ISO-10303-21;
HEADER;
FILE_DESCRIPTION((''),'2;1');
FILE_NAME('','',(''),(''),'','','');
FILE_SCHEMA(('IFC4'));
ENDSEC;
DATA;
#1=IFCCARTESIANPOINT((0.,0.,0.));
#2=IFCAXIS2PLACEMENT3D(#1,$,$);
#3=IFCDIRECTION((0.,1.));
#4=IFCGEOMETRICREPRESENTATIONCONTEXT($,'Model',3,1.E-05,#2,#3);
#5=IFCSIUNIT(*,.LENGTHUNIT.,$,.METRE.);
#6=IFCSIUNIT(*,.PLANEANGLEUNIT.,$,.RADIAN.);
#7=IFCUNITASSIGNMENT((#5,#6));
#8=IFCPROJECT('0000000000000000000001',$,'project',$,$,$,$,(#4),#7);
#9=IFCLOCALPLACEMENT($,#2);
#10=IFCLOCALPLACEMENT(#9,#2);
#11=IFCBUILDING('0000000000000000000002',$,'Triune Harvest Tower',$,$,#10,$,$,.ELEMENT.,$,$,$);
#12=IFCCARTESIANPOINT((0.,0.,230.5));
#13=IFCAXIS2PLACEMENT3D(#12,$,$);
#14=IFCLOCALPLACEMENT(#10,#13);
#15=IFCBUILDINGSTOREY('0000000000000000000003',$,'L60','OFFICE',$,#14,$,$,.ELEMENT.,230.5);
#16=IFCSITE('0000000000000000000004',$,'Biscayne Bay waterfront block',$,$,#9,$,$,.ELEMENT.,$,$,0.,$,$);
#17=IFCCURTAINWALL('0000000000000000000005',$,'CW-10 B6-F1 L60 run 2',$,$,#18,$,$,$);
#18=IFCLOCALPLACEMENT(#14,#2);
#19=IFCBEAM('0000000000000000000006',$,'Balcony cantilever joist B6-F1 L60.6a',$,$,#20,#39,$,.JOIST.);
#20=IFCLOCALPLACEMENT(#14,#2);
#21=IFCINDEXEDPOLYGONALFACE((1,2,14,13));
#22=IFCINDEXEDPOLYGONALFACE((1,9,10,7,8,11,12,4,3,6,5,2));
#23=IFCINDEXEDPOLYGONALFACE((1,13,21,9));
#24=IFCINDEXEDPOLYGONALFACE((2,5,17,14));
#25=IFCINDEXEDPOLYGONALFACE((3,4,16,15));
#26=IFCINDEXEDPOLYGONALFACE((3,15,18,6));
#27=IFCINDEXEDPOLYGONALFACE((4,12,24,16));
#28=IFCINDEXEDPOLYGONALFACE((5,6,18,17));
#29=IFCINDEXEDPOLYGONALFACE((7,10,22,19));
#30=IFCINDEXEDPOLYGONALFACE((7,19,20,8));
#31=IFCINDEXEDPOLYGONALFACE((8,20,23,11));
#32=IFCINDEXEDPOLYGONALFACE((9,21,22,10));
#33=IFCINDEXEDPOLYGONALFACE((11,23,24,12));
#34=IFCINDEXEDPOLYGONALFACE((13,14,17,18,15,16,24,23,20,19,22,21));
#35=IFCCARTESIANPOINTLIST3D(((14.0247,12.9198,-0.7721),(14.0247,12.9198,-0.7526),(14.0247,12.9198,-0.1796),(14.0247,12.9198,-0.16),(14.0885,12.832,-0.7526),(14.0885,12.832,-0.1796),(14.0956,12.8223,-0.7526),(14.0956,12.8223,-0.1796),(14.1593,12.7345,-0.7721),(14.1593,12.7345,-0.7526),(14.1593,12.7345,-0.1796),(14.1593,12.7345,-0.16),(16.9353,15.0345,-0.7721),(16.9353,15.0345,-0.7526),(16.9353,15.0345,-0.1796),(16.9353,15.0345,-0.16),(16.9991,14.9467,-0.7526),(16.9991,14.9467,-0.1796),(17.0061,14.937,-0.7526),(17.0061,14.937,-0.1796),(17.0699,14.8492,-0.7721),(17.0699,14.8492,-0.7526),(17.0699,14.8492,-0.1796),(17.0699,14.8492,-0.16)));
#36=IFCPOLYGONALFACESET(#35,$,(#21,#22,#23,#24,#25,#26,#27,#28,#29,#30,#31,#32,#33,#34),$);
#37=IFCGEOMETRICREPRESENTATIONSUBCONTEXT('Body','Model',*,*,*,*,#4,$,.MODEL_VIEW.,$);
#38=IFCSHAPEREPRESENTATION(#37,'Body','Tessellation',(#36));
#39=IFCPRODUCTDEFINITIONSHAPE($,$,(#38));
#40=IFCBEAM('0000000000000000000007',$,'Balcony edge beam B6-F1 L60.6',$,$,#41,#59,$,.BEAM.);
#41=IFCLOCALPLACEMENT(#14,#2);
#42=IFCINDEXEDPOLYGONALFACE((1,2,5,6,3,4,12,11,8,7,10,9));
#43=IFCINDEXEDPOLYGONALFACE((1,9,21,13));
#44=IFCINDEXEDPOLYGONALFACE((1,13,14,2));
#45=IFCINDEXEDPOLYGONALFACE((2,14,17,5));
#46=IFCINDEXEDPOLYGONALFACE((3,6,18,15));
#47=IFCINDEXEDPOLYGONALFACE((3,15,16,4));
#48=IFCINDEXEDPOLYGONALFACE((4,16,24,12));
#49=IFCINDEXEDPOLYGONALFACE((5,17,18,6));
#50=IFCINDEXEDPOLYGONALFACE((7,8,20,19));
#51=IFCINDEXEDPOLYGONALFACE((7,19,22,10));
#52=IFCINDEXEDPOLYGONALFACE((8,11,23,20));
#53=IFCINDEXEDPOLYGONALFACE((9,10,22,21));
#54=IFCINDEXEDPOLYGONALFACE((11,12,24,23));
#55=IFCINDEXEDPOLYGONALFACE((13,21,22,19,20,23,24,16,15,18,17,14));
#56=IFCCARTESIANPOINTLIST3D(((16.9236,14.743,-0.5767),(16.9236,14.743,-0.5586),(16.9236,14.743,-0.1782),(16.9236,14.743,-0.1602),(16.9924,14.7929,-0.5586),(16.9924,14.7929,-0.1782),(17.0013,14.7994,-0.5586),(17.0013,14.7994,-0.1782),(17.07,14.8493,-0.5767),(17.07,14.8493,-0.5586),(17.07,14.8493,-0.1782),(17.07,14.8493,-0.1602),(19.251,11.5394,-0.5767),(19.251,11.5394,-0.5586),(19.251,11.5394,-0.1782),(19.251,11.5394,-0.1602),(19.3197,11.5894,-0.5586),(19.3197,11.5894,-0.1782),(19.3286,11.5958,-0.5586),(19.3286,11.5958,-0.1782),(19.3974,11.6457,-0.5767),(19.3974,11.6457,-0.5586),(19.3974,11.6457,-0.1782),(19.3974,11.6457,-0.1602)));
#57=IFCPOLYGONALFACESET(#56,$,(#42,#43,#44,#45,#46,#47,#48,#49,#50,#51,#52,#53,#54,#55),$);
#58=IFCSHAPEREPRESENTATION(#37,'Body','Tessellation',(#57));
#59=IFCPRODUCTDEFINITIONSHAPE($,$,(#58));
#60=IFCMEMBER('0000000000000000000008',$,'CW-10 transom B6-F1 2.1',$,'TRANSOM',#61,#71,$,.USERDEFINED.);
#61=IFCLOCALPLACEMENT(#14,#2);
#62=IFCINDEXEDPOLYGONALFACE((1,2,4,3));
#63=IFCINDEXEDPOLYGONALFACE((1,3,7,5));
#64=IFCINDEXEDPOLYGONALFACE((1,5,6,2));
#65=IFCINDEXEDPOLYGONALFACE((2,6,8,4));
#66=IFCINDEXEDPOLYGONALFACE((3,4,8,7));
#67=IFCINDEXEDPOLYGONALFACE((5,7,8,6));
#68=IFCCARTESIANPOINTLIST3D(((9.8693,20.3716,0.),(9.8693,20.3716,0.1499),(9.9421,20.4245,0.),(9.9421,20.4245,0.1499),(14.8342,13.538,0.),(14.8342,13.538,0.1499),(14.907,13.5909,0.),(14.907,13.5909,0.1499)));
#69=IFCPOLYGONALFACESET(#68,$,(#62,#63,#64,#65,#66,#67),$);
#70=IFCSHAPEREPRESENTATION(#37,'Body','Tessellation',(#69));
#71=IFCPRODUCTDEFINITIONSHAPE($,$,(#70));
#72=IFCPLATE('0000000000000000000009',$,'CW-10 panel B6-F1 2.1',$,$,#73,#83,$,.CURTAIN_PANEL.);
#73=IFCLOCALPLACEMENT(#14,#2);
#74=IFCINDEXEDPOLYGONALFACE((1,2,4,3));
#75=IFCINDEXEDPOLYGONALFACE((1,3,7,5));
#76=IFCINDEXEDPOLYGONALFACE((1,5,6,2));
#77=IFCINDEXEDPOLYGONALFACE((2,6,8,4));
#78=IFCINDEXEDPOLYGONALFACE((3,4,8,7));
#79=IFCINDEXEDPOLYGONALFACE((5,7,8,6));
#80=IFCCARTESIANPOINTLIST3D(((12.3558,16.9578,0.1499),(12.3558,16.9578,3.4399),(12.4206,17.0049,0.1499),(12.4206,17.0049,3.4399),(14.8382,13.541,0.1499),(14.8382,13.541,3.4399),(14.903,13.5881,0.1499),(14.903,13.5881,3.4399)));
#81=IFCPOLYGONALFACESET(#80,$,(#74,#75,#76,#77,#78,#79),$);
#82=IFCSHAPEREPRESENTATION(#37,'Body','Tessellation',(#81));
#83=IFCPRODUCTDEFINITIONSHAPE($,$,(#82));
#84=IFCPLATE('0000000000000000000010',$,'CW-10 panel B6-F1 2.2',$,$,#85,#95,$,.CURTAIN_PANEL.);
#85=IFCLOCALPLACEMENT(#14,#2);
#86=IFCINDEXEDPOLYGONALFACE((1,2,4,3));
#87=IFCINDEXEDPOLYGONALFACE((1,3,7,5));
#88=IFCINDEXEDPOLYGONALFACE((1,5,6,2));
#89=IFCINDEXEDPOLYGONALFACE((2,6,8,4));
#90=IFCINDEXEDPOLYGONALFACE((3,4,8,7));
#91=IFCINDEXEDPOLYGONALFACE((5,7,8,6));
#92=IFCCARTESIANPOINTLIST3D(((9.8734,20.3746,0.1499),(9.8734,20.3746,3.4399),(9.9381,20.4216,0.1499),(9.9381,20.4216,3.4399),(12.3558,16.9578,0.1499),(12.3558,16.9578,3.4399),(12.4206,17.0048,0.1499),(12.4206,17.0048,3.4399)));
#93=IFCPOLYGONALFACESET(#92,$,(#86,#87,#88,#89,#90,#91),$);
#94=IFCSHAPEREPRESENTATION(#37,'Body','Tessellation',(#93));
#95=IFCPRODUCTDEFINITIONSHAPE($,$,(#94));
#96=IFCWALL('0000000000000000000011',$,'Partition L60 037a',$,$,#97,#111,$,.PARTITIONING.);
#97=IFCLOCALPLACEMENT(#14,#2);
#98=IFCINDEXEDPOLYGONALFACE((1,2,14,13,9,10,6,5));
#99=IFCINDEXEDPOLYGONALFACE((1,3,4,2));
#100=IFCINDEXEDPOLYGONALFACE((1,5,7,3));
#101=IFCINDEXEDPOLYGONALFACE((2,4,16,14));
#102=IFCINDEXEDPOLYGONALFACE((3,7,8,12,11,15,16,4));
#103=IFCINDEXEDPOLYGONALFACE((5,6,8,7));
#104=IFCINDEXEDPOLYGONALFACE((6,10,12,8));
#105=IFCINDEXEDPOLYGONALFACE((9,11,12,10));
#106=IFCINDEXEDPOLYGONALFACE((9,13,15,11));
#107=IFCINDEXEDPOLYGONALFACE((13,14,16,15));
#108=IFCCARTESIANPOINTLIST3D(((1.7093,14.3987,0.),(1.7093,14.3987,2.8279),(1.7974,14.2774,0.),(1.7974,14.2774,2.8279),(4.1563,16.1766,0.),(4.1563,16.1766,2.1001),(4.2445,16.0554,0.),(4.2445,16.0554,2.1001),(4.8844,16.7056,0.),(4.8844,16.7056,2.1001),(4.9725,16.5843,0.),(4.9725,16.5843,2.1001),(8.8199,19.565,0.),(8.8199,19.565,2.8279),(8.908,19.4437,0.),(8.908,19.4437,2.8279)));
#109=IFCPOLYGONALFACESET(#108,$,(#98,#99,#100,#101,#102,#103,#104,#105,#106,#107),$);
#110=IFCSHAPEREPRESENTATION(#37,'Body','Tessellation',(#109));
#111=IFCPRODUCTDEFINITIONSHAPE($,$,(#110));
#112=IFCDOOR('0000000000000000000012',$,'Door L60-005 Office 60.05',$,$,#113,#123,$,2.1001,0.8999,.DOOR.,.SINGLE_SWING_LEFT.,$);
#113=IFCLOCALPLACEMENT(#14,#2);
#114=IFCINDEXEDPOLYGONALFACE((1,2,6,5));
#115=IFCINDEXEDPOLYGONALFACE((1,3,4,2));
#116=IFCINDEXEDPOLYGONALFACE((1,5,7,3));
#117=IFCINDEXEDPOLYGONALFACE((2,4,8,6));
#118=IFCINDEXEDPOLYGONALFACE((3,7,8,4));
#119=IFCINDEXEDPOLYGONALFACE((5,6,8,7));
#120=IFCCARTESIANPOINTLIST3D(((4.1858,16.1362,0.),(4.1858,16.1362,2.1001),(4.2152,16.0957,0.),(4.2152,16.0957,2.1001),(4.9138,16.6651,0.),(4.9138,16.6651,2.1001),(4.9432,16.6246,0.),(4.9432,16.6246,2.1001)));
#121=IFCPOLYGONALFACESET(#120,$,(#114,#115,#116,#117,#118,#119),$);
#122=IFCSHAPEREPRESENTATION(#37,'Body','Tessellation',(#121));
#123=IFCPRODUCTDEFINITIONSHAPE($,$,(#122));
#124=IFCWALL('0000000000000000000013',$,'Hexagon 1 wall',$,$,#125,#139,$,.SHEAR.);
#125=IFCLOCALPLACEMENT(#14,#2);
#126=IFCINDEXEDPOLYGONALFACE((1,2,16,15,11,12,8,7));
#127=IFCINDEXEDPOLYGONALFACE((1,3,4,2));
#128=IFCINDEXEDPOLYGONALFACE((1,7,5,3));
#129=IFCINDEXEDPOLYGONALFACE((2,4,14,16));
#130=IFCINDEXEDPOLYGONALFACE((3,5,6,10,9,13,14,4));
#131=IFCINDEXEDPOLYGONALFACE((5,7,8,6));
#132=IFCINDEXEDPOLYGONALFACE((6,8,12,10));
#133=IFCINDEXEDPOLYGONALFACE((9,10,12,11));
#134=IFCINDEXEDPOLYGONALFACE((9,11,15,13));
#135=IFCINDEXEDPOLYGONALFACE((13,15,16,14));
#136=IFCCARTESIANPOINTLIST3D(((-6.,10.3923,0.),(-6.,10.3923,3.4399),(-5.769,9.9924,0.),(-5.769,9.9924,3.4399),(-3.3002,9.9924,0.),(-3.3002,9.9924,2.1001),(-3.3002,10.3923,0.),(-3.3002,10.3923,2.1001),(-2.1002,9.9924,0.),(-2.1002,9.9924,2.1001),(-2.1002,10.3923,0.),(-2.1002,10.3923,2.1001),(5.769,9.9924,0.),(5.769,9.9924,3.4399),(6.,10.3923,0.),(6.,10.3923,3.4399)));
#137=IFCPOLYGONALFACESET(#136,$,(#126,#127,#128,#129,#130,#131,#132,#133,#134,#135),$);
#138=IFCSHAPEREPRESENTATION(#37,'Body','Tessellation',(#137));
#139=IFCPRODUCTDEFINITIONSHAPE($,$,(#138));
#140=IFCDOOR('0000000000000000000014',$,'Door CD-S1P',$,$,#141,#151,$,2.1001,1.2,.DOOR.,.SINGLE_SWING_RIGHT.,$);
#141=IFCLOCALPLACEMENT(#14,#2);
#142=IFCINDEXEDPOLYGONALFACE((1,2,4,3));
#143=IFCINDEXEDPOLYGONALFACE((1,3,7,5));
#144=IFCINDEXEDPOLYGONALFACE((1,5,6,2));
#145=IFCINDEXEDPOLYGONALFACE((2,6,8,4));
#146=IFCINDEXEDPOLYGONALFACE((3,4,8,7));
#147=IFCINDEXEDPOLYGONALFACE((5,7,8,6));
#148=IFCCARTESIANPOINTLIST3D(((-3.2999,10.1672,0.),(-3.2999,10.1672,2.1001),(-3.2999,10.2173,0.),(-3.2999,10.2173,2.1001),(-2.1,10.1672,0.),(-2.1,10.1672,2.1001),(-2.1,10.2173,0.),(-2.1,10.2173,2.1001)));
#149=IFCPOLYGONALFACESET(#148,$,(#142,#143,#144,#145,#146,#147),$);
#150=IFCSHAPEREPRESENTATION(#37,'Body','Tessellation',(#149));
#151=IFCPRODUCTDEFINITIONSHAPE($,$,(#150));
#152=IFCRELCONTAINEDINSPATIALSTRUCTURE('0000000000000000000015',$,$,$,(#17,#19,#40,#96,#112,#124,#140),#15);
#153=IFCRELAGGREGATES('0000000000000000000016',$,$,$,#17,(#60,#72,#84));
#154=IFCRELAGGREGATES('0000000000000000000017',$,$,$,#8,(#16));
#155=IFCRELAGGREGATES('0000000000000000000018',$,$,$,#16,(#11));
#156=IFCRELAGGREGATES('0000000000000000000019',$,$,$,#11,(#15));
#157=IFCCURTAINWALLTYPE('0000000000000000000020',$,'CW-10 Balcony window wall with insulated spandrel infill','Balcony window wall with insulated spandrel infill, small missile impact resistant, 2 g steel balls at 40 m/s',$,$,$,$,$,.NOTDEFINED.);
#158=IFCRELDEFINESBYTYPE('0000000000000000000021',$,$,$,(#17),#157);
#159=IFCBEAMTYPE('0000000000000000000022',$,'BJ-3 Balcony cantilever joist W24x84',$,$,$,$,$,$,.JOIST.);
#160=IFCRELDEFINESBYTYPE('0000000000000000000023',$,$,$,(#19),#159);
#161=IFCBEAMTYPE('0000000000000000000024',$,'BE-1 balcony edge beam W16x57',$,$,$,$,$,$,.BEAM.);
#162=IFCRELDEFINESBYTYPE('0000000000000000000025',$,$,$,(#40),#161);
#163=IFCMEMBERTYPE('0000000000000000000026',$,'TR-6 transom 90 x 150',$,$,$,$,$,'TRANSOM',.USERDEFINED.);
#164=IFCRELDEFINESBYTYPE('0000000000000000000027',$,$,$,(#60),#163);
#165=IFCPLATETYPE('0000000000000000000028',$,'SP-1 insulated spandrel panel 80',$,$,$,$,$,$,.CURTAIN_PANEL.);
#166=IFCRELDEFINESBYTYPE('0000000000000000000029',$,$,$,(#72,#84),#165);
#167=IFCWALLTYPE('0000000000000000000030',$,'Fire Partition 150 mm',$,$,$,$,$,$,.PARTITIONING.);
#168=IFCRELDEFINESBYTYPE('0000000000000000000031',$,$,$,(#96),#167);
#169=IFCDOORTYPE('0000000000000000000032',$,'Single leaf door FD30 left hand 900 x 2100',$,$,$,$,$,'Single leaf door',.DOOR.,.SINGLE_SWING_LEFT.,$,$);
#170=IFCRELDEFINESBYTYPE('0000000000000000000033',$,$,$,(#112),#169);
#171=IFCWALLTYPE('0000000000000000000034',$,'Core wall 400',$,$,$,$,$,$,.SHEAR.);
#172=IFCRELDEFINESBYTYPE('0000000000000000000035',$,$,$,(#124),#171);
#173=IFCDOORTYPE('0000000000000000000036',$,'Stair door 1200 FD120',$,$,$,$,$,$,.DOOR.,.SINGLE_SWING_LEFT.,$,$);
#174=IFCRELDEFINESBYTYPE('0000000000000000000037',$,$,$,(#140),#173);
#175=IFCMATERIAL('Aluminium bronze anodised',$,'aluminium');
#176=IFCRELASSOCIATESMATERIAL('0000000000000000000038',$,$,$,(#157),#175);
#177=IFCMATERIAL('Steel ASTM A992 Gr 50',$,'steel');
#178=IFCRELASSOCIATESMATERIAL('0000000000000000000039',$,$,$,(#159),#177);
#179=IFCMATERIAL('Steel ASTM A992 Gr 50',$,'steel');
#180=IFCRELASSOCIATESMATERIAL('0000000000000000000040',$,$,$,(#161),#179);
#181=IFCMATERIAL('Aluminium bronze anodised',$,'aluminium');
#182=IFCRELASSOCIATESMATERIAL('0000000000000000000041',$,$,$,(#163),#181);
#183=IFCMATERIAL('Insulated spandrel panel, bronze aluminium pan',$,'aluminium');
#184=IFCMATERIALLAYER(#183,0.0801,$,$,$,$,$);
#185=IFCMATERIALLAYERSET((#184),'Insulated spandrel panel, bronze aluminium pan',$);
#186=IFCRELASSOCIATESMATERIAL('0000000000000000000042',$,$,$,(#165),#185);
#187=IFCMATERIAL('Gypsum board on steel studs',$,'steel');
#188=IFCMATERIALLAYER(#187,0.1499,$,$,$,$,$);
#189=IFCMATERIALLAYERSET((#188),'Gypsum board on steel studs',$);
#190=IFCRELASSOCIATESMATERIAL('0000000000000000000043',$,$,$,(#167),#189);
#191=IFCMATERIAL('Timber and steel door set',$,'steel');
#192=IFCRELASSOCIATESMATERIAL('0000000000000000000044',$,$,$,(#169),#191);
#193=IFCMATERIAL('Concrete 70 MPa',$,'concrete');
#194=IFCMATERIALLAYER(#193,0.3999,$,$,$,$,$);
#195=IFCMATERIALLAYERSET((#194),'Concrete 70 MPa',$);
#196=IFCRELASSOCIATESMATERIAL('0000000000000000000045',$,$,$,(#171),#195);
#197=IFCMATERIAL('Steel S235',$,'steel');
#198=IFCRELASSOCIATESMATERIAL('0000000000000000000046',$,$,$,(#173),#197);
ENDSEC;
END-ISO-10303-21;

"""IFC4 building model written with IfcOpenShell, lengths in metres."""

from ifc_helpers import new_model, si_unit, direction, frame, frame_2d, origin, origin_2d, place, context, subcontext, project, spatial, polyline, rectangle, i_section, outline, extrude, source, transform, mapped, material, layer, layer_set, material_profile, profile_set, type_object, element, fill, aggregate, save


model = new_model("IFC4")

# Units and contexts
model_context = context("Model", 3, precision=1e-05, world=origin(), true_north=direction((0.0, 1.0)))
body_context = subcontext(model_context, "Body", "Model", "MODEL_VIEW")
ifc_project = project(units=[si_unit("LENGTHUNIT", "METRE"), si_unit("PLANEANGLEUNIT", "RADIAN")], contexts=[model_context])

# Site, building, storey
site_placement = place(None, origin())
site = spatial("IfcSite", under=ifc_project, at=site_placement, Name="Biscayne Bay waterfront block", CompositionType="ELEMENT", RefElevation=0.0)
building_placement = place(site_placement, origin())
building = spatial("IfcBuilding", under=site, at=building_placement, Name="Triune Harvest Tower", CompositionType="ELEMENT")
storey_placement = place(building_placement, frame((0.0, 0.0, 230.5)))
storey = spatial("IfcBuildingStorey", under=building, at=storey_placement, Name="L60", Description="OFFICE", CompositionType="ELEMENT", Elevation=230.5)

# Curtain wall
ifc_material_1 = material(Name="Aluminium bronze anodised", Category="aluminium")
curtain_wall_type = type_object("IfcCurtainWallType", Name="CW-10 Balcony window wall with insulated spandrel infill", Description="Balcony window wall with insulated spandrel infill, small missile impact resistant, 2 g steel balls at 40 m/s", PredefinedType="NOTDEFINED", material=ifc_material_1)
curtain_wall_placement = place(storey_placement, origin())
curtain_wall = element("IfcCurtainWall", 1, at=curtain_wall_placement, inside=storey, type_object=curtain_wall_type, Name="CW-10 B6-F1 L60 run 2")

# Beams
ifc_material_2 = material(Name="Steel ASTM A992 Gr 50", Category="steel")
ifc_material_profile_1 = material_profile(ifc_material_2, i_section(OverallWidth=0.229, OverallDepth=0.6121, WebThickness=0.012, FlangeThickness=0.0195, at=origin_2d()), Name="W24x84")
ifc_profile_set_1 = profile_set([ifc_material_profile_1], Name="Steel ASTM A992 Gr 50")
beam_type_1 = type_object("IfcBeamType", Name="BJ-3 Balcony cantilever joist W24x84", PredefinedType="JOIST", material=ifc_profile_set_1)
shared_shape_1 = source(origin(), body_context, "Body", "SweptSolid", [
    extrude(i_section(OverallWidth=0.229, OverallDepth=0.6121, WebThickness=0.012, FlangeThickness=0.0195, at=origin_2d()), origin(), (0.0, 0.0, 1.0), 3.5977),
])
beam_1_placement = place(storey_placement, frame((14.092, 12.8271, -0.4661), z_axis=(0.809012, 0.587792, 0.0), x_axis=(-0.587792, 0.809012, 0.0)))
element("IfcBeam", 2, at=beam_1_placement, inside=storey, type_object=beam_type_1, Name="Balcony cantilever joist B6-F1 L60.6a", PredefinedType="JOIST", context=body_context, shape_type="MappedRepresentation", body=[
    mapped(shared_shape_1, transform((0.0, 0.0, 0.0), scale=1.0)),
])
ifc_material_3 = material(Name="Steel ASTM A992 Gr 50", Category="steel")
ifc_material_profile_2 = material_profile(ifc_material_3, i_section(OverallWidth=0.1809, OverallDepth=0.4165, WebThickness=0.011, FlangeThickness=0.0181, at=origin_2d()), Name="W16x57")
ifc_profile_set_2 = profile_set([ifc_material_profile_2], Name="Steel ASTM A992 Gr 50")
beam_type_2 = type_object("IfcBeamType", Name="BE-1 balcony edge beam W16x57", PredefinedType="BEAM", material=ifc_profile_set_2)
shared_shape_2 = source(origin(), body_context, "Body", "SweptSolid", [
    extrude(i_section(OverallWidth=0.1809, OverallDepth=0.4165, WebThickness=0.011, FlangeThickness=0.0181, at=origin_2d()), origin(), (0.0, 0.0, 1.0), 3.9597),
])
beam_2_placement = place(storey_placement, frame((16.9968, 14.7961, -0.3684), z_axis=(0.587757, -0.809037, 0.0), x_axis=(0.809037, 0.587757, 0.0)))
element("IfcBeam", 3, at=beam_2_placement, inside=storey, type_object=beam_type_2, Name="Balcony edge beam B6-F1 L60.6", PredefinedType="BEAM", context=body_context, shape_type="MappedRepresentation", body=[
    mapped(shared_shape_2, transform((0.0, 0.0, 0.0), scale=1.0)),
])

# Member
ifc_material_4 = material(Name="Aluminium bronze anodised", Category="aluminium")
ifc_material_profile_3 = material_profile(ifc_material_4, rectangle(XDim=0.0901, YDim=0.1499, at=origin_2d()), Name="TR-6 transom 90 x 150")
ifc_profile_set_3 = profile_set([ifc_material_profile_3], Name="Aluminium bronze anodised")
member_type_1 = type_object("IfcMemberType", Name="TR-6 transom 90 x 150", ElementType="TRANSOM", PredefinedType="USERDEFINED", material=ifc_profile_set_3)
shared_shape_3 = source(origin(), body_context, "Body", "SweptSolid", [
    extrude(rectangle(XDim=0.0901, YDim=0.1499, at=origin_2d()), origin(), (0.0, 0.0, 1.0), 8.4468),
])
member_1_placement = place(storey_placement, frame((14.8706, 13.5645, 0.075), z_axis=(-0.587787, 0.809016, 0.0), x_axis=(-0.809016, -0.587787, 0.0)))
member_1 = element("IfcMember", 4, at=member_1_placement, type_object=member_type_1, Name="CW-10 transom B6-F1 2.1", ObjectType="TRANSOM", PredefinedType="USERDEFINED", context=body_context, shape_type="MappedRepresentation", body=[
    mapped(shared_shape_3, transform((0.0, 0.0, 0.0), scale=1.0)),
])

# Plates
ifc_material_5 = material(Name="Insulated spandrel panel, bronze aluminium pan", Category="aluminium")
ifc_layer_1 = layer(ifc_material_5, 0.0801)
ifc_layer_set_1 = layer_set([ifc_layer_1], Name="Insulated spandrel panel, bronze aluminium pan")
plate_type = type_object("IfcPlateType", Name="SP-1 insulated spandrel panel 80", PredefinedType="CURTAIN_PANEL", material=ifc_layer_set_1)
shared_shape_4 = source(origin(), body_context, "Body", "SweptSolid", [
    extrude(rectangle(XDim=4.2234, YDim=0.0801, at=origin_2d()), origin(), (0.0, 0.0, 1.0), 3.29),
])
plate_1_placement = place(storey_placement, frame((13.6294, 15.2729, 0.1499), z_axis=(0.0, 0.0, 1.0), x_axis=(-0.587784, 0.809018, 0.0)))
plate_1 = element("IfcPlate", 5, at=plate_1_placement, type_object=plate_type, Name="CW-10 panel B6-F1 2.1", PredefinedType="CURTAIN_PANEL", context=body_context, shape_type="MappedRepresentation", body=[
    mapped(shared_shape_4, transform((0.0, 0.0, 0.0), scale=1.0)),
])
plate_2_placement = place(storey_placement, frame((11.147, 18.6897, 0.1499), z_axis=(0.0, 0.0, 1.0), x_axis=(-0.587784, 0.809018, 0.0)))
plate_2 = element("IfcPlate", 6, at=plate_2_placement, type_object=plate_type, Name="CW-10 panel B6-F1 2.2", PredefinedType="CURTAIN_PANEL", context=body_context, shape_type="MappedRepresentation", body=[
    mapped(shared_shape_4, transform((0.0, 0.0, 0.0), scale=1.0)),
])
aggregate(curtain_wall, [member_1, plate_1, plate_2])

# Walls, openings, doors
ifc_material_6 = material(Name="Gypsum board on steel studs", Category="steel")
ifc_layer_2 = layer(ifc_material_6, 0.1499)
ifc_layer_set_2 = layer_set([ifc_layer_2], Name="Gypsum board on steel studs")
wall_type_1 = type_object("IfcWallType", Name="Fire Partition 150 mm", PredefinedType="PARTITIONING", material=ifc_layer_set_2)
wall_1_placement = place(storey_placement, frame((1.7534, 14.3381, 0.0), z_axis=(0.0, 0.0, 1.0), x_axis=(0.809011, 0.587793, 0.0)))
wall_1 = element("IfcWall", 7, at=wall_1_placement, inside=storey, type_object=wall_type_1, Name="Partition L60 037a", PredefinedType="PARTITIONING", context=body_context, shape_type="SweptSolid", body=[
    extrude(rectangle(XDim=8.7893, YDim=0.1499, at=frame_2d((4.3945, 0.0))), origin(), (0.0, 0.0, 1.0), 2.8279),
])
opening_1_placement = place(wall_1_placement, frame((3.0247, 0.0, 0.0)))
opening_1 = element("IfcOpeningElement", 8, at=opening_1_placement, cuts=wall_1, PredefinedType="OPENING", context=body_context, shape_type="SweptSolid", body=[
    extrude(rectangle(XDim=0.8999, YDim=2.1001, at=frame_2d((0.45, 1.05))), frame((0.0, 0.085, 0.0), z_axis=(0.0, -1.0, 0.0), x_axis=(1.0, 0.0, 0.0)), (0.0, 0.0, 1.0), 0.1699),
])
ifc_material_7 = material(Name="Timber and steel door set", Category="steel")
door_type_1 = type_object("IfcDoorType", Name="Single leaf door FD30 left hand 900 x 2100", ElementType="Single leaf door", OperationType="SINGLE_SWING_LEFT", PredefinedType="DOOR", material=ifc_material_7)
door_1_placement = place(opening_1_placement, origin())
door_1 = element("IfcDoor", 9, at=door_1_placement, inside=storey, type_object=door_type_1, Name="Door L60-005 Office 60.05", OperationType="SINGLE_SWING_LEFT", OverallHeight=2.1001, OverallWidth=0.8999, PredefinedType="DOOR", context=body_context, shape_type="SweptSolid", body=[
    extrude(rectangle(XDim=0.8999, YDim=2.1001, at=frame_2d((0.45, 1.05))), frame((0.0, 0.0249, 0.0), z_axis=(0.0, -1.0, 0.0), x_axis=(1.0, 0.0, 0.0)), (0.0, 0.0, 1.0), 0.05),
])
fill(opening_1, door_1)
ifc_material_8 = material(Name="Concrete 70 MPa", Category="concrete")
ifc_layer_3 = layer(ifc_material_8, 0.3999)
ifc_layer_set_3 = layer_set([ifc_layer_3], Name="Concrete 70 MPa")
wall_type_2 = type_object("IfcWallType", Name="Core wall 400", PredefinedType="SHEAR", material=ifc_layer_set_3)
shared_shape_5 = source(origin(), body_context, "Body", "SweptSolid", [
    extrude(outline(polyline([(-0.1155, -0.2), (11.8845, -0.2), (11.6536, 0.2), (0.1155, 0.2), (-0.1155, -0.2)])), origin(), (0.0, 0.0, 1.0), 3.4399),
])
wall_2_placement = place(storey_placement, frame((5.8845, 10.1924, 0.0), z_axis=(0.0, 0.0, 1.0), x_axis=(-1.0, 0.0, 0.0)))
wall_2 = element("IfcWall", 10, at=wall_2_placement, inside=storey, type_object=wall_type_2, Name="Hexagon 1 wall", PredefinedType="SHEAR", context=body_context, shape_type="MappedRepresentation", body=[
    mapped(shared_shape_5, transform((0.0, 0.0, 0.0), scale=1.0)),
])
opening_2_placement = place(wall_2_placement, frame((7.9846, 0.0, 0.0)))
opening_2 = element("IfcOpeningElement", 11, at=opening_2_placement, cuts=wall_2, PredefinedType="OPENING", context=body_context, shape_type="SweptSolid", body=[
    extrude(rectangle(XDim=1.2, YDim=2.1001, at=frame_2d((0.6001, 1.05))), frame((0.0, 0.21, 0.0), z_axis=(0.0, -1.0, 0.0), x_axis=(1.0, 0.0, 0.0)), (0.0, 0.0, 1.0), 0.4199),
])
ifc_material_9 = material(Name="Steel S235", Category="steel")
door_type_2 = type_object("IfcDoorType", Name="Stair door 1200 FD120", OperationType="SINGLE_SWING_LEFT", PredefinedType="DOOR", material=ifc_material_9)
door_2_placement = place(opening_2_placement, frame((1.2, 0.0, 0.0), z_axis=(0.0, 0.0, 1.0), x_axis=(-1.0, 0.0, 0.0)))
door_2 = element("IfcDoor", 12, at=door_2_placement, inside=storey, type_object=door_type_2, Name="Door CD-S1P", OperationType="SINGLE_SWING_RIGHT", OverallHeight=2.1001, OverallWidth=1.2, PredefinedType="DOOR", context=body_context, shape_type="SweptSolid", body=[
    extrude(rectangle(XDim=1.2, YDim=2.1001, at=frame_2d((0.6001, 1.05))), frame((0.0, 0.0249, 0.0), z_axis=(0.0, -1.0, 0.0), x_axis=(1.0, 0.0, 0.0)), (0.0, 0.0, 1.0), 0.05),
])
fill(opening_2, door_2)

save(model, "model.ifc")
